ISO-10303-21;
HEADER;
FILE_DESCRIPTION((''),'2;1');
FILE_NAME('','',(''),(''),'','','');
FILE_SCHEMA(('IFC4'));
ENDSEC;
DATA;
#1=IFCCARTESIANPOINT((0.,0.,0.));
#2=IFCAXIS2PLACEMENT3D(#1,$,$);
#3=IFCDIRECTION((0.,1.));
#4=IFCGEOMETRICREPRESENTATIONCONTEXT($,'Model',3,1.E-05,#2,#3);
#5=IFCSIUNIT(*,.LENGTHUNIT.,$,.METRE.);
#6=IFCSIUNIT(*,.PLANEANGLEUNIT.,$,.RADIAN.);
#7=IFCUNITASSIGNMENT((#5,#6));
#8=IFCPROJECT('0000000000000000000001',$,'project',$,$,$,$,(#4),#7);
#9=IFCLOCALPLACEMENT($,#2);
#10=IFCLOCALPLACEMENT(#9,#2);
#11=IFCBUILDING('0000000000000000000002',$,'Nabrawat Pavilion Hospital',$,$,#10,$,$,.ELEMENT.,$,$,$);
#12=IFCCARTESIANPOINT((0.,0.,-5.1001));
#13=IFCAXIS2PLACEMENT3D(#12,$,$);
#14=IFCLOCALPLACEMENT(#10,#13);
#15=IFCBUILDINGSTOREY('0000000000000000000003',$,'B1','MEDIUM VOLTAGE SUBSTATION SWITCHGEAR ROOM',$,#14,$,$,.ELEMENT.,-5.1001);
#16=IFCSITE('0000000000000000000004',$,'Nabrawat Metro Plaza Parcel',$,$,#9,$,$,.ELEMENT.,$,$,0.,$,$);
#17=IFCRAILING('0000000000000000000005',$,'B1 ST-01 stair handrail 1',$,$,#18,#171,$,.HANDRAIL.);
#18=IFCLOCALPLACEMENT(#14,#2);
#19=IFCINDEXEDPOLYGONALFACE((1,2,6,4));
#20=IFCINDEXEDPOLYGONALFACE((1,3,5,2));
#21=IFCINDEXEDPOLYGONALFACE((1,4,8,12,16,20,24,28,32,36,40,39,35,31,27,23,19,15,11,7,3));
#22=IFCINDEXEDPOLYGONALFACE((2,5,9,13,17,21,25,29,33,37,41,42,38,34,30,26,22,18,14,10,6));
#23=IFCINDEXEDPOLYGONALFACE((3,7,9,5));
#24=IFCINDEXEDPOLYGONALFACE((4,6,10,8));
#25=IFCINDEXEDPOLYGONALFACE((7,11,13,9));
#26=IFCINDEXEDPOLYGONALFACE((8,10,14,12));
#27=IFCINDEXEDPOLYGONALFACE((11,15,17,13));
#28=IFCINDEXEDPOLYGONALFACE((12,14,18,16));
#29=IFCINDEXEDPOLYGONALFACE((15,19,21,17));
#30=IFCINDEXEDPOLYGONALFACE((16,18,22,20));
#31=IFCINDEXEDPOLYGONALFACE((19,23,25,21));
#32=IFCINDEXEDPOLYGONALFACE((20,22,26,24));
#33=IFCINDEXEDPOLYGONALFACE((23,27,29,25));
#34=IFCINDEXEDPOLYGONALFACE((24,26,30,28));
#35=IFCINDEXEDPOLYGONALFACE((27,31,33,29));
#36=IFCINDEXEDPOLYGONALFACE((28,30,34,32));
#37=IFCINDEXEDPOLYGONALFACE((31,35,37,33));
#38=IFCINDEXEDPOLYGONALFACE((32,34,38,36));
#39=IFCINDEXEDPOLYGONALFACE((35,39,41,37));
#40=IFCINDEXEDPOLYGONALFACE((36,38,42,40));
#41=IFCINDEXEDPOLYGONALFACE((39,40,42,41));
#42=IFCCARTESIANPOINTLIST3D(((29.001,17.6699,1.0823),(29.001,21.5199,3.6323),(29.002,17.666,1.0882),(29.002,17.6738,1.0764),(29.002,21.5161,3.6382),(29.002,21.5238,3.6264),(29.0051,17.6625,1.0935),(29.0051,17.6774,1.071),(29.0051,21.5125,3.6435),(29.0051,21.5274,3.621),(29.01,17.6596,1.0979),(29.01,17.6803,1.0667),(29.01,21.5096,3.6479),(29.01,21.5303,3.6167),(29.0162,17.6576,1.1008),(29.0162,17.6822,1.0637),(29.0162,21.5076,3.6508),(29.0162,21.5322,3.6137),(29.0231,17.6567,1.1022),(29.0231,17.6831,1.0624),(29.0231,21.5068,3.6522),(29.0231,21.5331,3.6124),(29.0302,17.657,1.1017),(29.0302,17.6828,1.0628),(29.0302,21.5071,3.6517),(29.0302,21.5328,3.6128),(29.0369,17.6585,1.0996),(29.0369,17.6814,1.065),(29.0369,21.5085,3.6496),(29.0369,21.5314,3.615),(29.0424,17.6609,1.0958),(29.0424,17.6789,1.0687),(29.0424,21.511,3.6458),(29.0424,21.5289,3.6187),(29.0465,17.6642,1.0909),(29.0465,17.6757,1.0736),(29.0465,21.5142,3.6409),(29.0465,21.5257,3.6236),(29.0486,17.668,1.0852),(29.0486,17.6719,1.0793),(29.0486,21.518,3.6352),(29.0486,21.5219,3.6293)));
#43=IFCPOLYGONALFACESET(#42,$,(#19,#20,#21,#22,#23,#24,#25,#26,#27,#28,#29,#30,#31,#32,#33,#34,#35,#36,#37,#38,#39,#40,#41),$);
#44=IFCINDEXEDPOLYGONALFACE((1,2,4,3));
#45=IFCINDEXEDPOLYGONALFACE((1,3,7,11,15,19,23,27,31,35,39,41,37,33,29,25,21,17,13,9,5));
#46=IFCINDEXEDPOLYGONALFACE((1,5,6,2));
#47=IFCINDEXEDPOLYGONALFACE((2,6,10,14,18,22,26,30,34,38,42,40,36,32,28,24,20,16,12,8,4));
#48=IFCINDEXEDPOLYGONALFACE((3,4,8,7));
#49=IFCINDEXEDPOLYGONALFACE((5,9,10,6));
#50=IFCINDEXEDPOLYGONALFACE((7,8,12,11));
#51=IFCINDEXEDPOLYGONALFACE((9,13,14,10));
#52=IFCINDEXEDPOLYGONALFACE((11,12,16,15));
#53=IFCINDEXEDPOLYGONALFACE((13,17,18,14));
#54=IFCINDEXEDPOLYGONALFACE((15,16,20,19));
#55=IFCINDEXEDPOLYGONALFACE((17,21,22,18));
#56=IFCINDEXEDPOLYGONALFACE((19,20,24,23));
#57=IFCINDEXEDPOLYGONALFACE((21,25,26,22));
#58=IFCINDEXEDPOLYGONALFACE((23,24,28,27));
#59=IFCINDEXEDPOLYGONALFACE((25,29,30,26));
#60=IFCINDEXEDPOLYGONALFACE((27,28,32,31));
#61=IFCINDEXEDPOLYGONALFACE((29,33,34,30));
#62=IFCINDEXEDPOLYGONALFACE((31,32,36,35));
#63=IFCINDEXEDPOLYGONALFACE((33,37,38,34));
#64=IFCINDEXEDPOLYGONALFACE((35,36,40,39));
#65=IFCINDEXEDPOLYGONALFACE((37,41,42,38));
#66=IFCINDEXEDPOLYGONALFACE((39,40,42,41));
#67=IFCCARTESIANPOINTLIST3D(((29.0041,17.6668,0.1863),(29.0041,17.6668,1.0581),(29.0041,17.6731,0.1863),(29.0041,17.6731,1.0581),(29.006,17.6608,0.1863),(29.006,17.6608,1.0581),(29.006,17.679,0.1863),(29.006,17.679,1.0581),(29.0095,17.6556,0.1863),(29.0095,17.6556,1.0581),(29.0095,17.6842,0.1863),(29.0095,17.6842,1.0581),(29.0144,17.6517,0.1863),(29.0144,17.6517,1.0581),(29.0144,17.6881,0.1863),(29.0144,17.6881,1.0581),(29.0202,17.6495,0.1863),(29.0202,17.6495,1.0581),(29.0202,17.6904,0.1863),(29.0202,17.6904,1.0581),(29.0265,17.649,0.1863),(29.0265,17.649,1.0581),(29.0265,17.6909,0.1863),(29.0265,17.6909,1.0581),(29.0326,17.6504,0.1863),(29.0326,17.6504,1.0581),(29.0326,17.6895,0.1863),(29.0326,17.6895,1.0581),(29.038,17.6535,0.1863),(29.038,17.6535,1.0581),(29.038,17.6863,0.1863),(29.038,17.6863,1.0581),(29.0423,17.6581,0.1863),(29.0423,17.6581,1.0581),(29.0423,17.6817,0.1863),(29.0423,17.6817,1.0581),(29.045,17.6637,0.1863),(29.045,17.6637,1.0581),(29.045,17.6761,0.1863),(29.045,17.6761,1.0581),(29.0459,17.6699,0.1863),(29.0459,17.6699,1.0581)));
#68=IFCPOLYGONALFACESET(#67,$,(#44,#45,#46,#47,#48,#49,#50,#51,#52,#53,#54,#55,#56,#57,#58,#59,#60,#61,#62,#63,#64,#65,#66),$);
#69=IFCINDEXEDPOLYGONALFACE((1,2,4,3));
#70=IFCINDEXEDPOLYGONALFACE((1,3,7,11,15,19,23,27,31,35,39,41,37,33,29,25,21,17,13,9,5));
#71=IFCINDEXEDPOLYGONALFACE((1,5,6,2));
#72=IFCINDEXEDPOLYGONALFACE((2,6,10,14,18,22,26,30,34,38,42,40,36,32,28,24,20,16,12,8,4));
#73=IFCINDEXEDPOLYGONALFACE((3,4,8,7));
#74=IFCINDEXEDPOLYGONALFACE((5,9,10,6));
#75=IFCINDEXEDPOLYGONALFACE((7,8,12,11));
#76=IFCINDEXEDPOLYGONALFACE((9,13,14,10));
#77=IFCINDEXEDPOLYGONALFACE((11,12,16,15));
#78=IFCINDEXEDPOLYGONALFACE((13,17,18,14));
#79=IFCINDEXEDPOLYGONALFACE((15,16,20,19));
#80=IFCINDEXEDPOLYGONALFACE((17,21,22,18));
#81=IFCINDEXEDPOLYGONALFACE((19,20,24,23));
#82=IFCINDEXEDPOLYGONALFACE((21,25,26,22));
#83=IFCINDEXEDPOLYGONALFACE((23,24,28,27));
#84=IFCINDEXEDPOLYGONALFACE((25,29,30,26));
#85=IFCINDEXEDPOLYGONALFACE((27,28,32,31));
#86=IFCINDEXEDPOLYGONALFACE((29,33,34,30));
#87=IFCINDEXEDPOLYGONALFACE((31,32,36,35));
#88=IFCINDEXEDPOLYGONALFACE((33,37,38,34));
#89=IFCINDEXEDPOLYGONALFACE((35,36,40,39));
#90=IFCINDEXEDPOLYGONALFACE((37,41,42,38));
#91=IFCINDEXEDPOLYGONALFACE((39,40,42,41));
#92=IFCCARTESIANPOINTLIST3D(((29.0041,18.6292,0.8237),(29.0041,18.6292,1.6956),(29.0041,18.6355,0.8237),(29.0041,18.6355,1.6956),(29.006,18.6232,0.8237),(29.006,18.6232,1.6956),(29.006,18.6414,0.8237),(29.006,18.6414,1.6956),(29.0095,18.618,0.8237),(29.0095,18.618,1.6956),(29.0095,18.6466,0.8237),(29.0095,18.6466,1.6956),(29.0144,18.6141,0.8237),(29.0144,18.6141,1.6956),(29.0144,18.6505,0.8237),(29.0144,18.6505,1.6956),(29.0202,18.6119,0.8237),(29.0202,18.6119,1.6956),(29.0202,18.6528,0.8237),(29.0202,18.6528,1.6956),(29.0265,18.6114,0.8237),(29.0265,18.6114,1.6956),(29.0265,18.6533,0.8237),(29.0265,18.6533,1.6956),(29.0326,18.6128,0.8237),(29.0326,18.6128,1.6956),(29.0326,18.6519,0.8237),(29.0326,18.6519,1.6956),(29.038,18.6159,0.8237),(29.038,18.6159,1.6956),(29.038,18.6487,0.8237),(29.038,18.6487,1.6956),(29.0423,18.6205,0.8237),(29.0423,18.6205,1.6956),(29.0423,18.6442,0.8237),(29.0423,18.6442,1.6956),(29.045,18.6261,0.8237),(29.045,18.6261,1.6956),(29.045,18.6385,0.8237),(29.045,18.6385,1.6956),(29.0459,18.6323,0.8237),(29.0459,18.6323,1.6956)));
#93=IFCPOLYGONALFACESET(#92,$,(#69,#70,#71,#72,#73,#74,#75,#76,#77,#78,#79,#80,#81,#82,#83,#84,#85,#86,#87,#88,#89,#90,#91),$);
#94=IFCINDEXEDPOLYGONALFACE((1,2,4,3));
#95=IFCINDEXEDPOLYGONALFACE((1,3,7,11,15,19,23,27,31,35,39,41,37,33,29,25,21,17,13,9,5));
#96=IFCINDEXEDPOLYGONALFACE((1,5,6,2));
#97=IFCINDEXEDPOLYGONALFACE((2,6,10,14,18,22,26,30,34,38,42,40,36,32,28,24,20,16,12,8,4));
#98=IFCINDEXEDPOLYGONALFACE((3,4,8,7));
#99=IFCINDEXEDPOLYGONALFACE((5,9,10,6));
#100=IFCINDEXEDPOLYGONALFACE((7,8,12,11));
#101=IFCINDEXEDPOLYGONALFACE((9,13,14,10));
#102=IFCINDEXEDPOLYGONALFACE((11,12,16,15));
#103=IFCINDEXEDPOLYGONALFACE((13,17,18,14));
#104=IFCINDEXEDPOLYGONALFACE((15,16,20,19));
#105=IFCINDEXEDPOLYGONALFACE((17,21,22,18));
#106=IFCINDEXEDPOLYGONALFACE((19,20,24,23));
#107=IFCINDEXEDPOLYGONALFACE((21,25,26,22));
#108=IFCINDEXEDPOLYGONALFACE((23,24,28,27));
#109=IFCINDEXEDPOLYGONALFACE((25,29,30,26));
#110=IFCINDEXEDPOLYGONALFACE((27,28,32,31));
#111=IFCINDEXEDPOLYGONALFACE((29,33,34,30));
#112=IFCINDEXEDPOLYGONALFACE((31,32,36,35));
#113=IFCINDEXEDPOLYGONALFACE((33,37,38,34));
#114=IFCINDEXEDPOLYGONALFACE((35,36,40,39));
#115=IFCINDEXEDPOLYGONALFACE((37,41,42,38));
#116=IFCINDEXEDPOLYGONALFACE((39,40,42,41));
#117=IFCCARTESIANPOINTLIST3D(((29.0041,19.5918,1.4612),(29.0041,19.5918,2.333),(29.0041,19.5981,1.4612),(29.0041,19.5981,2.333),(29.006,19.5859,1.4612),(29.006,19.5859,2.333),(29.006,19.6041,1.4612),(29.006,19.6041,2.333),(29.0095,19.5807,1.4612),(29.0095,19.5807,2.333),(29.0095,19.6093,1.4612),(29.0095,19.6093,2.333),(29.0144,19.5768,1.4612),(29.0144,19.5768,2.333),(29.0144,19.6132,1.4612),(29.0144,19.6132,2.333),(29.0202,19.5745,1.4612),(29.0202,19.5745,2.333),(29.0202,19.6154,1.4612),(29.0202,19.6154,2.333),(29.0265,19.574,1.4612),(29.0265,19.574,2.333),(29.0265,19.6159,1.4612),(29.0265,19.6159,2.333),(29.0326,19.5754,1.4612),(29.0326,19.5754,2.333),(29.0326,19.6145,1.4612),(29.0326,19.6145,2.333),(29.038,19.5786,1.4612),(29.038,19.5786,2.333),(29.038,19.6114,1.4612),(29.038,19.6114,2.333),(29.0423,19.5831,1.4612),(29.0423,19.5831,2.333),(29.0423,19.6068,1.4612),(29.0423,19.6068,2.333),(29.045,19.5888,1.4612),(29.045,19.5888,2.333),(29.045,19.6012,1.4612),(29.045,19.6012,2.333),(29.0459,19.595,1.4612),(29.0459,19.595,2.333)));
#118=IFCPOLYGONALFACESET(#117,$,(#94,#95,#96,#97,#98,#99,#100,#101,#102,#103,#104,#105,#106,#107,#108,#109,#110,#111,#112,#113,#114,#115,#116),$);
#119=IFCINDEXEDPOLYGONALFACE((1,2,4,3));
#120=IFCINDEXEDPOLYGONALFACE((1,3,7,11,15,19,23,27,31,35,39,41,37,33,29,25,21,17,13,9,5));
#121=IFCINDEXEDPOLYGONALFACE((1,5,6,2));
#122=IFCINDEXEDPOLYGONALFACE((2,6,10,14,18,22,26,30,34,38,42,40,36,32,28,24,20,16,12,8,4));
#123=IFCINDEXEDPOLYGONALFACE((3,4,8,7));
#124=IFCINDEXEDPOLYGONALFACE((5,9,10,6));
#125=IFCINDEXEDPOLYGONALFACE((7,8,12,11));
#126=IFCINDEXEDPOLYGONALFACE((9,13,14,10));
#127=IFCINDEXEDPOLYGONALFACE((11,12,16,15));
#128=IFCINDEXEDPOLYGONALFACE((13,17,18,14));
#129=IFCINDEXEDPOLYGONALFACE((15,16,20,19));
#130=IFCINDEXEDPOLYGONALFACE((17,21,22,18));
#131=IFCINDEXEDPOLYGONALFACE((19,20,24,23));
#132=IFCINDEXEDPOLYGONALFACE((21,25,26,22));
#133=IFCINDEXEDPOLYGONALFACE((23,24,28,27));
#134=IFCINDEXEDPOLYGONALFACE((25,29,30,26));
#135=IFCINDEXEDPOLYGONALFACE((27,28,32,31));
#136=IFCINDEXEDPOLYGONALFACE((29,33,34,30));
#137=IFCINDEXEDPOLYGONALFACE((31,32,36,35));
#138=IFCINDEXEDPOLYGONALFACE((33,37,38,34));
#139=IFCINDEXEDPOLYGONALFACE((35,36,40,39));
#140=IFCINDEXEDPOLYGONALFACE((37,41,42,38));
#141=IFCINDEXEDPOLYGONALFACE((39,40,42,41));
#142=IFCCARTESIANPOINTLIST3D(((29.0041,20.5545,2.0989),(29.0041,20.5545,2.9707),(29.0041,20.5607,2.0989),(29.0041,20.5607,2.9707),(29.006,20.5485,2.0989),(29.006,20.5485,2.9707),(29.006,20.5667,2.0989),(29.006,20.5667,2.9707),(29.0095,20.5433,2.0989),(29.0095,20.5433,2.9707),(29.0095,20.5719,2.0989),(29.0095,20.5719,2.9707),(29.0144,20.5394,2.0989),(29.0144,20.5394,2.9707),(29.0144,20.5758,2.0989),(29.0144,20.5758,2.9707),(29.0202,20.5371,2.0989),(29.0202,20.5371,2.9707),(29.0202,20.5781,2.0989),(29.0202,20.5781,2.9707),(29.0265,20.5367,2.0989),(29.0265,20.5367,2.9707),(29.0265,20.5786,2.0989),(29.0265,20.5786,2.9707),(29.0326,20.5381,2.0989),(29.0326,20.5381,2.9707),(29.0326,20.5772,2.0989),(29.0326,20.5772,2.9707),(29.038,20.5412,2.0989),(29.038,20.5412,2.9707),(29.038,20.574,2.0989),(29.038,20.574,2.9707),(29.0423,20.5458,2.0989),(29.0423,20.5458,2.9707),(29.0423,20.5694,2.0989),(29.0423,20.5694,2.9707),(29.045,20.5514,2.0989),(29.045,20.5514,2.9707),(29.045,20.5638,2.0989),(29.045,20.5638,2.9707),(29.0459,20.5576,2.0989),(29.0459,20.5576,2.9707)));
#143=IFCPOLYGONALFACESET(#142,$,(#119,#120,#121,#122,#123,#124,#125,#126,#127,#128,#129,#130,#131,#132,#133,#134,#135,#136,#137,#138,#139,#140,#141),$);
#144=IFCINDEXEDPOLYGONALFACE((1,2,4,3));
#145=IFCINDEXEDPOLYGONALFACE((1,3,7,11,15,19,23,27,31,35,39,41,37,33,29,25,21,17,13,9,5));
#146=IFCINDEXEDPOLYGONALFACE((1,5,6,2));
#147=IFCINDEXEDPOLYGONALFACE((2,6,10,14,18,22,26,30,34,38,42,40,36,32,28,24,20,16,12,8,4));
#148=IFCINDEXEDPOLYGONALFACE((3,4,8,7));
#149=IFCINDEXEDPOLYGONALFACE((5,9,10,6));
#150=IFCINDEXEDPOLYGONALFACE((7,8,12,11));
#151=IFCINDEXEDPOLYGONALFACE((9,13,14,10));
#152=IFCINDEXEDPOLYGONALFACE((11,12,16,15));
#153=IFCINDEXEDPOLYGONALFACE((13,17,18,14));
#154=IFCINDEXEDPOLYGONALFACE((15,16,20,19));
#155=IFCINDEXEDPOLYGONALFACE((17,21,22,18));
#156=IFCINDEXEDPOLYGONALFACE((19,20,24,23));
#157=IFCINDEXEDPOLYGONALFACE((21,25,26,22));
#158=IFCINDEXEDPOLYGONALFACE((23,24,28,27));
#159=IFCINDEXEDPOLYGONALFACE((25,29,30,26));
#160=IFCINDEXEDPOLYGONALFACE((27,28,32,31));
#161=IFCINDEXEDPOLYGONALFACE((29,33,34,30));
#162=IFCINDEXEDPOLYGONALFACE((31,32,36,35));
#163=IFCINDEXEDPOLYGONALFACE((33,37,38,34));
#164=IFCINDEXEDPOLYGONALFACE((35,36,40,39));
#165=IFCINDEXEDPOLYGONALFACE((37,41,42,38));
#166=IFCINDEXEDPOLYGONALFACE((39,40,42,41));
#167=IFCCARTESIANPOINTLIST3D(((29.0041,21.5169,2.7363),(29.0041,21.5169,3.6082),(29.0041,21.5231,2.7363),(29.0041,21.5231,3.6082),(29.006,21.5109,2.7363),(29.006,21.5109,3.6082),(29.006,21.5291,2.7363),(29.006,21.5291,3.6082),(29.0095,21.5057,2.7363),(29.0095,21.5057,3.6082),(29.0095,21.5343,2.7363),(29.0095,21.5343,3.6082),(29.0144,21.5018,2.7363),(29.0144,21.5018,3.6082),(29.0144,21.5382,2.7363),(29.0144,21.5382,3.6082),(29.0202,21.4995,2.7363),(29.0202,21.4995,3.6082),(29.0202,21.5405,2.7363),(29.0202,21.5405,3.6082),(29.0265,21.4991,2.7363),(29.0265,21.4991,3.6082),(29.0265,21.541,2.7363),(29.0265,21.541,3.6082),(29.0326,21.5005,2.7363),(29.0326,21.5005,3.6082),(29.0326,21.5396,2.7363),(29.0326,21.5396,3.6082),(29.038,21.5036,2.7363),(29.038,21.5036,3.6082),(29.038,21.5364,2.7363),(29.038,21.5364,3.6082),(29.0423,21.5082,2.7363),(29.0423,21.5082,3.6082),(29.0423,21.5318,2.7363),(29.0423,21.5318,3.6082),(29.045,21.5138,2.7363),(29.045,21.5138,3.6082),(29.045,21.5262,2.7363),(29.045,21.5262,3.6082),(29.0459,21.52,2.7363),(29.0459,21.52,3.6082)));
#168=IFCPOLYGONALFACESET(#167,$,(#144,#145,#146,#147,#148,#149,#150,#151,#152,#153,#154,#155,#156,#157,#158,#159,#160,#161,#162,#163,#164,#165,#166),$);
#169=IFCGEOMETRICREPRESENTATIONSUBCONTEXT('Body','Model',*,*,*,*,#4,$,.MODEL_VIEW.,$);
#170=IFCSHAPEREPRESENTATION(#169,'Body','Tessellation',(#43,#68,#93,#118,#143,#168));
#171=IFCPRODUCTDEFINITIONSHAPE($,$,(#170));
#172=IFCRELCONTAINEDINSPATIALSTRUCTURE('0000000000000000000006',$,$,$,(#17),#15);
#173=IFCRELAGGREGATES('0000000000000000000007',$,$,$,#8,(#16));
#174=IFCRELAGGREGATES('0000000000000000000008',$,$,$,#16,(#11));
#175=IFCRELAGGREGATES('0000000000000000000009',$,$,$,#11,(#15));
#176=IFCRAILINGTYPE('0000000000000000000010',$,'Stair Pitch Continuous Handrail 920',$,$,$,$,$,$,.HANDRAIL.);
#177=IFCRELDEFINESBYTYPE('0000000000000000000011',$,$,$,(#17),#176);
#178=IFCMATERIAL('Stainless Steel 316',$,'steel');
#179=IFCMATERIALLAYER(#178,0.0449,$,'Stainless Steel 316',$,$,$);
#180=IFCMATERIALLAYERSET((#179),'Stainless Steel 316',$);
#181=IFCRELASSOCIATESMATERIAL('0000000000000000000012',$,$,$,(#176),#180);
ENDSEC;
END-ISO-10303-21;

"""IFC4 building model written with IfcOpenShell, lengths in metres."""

from ifc_helpers import new_model, si_unit, direction, frame, origin, origin_2d, place, context, subcontext, project, spatial, circle, extrude, material, layer, layer_set, type_object, element, save


model = new_model("IFC4")

# Units and contexts
model_context = context("Model", 3, precision=1e-05, world=origin(), true_north=direction((0.0, 1.0)))
body_context = subcontext(model_context, "Body", "Model", "MODEL_VIEW")
ifc_project = project(units=[si_unit("LENGTHUNIT", "METRE"), si_unit("PLANEANGLEUNIT", "RADIAN")], contexts=[model_context])

# Site, building, storey
site_placement = place(None, origin())
site = spatial("IfcSite", under=ifc_project, at=site_placement, Name="Nabrawat Metro Plaza Parcel", CompositionType="ELEMENT", RefElevation=0.0)
building_placement = place(site_placement, origin())
building = spatial("IfcBuilding", under=site, at=building_placement, Name="Nabrawat Pavilion Hospital", CompositionType="ELEMENT")
storey_placement = place(building_placement, frame((0.0, 0.0, -5.1001)))
storey = spatial("IfcBuildingStorey", under=building, at=storey_placement, Name="B1", Description="MEDIUM VOLTAGE SUBSTATION SWITCHGEAR ROOM", CompositionType="ELEMENT", Elevation=-5.1001)

# Railing
ifc_material_1 = material(Name="Stainless Steel 316", Category="steel")
ifc_layer_1 = layer(ifc_material_1, 0.0449, Name="Stainless Steel 316")
ifc_layer_set_1 = layer_set([ifc_layer_1], Name="Stainless Steel 316")
railing_type_1 = type_object("IfcRailingType", Name="Stair Pitch Continuous Handrail 920", PredefinedType="HANDRAIL", material=ifc_layer_set_1)
railing_1_placement = place(storey_placement, frame((29.0249, 17.6699, 0.1863)))
element("IfcRailing", 1, at=railing_1_placement, inside=storey, type_object=railing_type_1, Name="B1 ST-01 stair handrail 1", PredefinedType="HANDRAIL", context=body_context, shape_type="SweptSolid", body=[
    extrude(circle(Radius=0.0239, at=origin_2d()), frame((0.0, 0.0, 0.896), z_axis=(0.0, 0.833714, 0.552197), x_axis=(-1.0, 0.0, 0.0)), (0.0, 0.0, 1.0), 4.6179),
    extrude(circle(Radius=0.021, at=origin_2d()), origin(), (0.0, 0.0, 1.0), 0.8718),
    extrude(circle(Radius=0.021, at=origin_2d()), frame((0.0, 0.9624, 0.6375)), (0.0, 0.0, 1.0), 0.8718),
    extrude(circle(Radius=0.021, at=origin_2d()), frame((0.0, 1.925, 1.2749)), (0.0, 0.0, 1.0), 0.8718),
    extrude(circle(Radius=0.021, at=origin_2d()), frame((0.0, 2.8877, 1.9126)), (0.0, 0.0, 1.0), 0.8718),
    extrude(circle(Radius=0.021, at=origin_2d()), frame((0.0, 3.8501, 2.55)), (0.0, 0.0, 1.0), 0.8718),
])

save(model, "model.ifc")
